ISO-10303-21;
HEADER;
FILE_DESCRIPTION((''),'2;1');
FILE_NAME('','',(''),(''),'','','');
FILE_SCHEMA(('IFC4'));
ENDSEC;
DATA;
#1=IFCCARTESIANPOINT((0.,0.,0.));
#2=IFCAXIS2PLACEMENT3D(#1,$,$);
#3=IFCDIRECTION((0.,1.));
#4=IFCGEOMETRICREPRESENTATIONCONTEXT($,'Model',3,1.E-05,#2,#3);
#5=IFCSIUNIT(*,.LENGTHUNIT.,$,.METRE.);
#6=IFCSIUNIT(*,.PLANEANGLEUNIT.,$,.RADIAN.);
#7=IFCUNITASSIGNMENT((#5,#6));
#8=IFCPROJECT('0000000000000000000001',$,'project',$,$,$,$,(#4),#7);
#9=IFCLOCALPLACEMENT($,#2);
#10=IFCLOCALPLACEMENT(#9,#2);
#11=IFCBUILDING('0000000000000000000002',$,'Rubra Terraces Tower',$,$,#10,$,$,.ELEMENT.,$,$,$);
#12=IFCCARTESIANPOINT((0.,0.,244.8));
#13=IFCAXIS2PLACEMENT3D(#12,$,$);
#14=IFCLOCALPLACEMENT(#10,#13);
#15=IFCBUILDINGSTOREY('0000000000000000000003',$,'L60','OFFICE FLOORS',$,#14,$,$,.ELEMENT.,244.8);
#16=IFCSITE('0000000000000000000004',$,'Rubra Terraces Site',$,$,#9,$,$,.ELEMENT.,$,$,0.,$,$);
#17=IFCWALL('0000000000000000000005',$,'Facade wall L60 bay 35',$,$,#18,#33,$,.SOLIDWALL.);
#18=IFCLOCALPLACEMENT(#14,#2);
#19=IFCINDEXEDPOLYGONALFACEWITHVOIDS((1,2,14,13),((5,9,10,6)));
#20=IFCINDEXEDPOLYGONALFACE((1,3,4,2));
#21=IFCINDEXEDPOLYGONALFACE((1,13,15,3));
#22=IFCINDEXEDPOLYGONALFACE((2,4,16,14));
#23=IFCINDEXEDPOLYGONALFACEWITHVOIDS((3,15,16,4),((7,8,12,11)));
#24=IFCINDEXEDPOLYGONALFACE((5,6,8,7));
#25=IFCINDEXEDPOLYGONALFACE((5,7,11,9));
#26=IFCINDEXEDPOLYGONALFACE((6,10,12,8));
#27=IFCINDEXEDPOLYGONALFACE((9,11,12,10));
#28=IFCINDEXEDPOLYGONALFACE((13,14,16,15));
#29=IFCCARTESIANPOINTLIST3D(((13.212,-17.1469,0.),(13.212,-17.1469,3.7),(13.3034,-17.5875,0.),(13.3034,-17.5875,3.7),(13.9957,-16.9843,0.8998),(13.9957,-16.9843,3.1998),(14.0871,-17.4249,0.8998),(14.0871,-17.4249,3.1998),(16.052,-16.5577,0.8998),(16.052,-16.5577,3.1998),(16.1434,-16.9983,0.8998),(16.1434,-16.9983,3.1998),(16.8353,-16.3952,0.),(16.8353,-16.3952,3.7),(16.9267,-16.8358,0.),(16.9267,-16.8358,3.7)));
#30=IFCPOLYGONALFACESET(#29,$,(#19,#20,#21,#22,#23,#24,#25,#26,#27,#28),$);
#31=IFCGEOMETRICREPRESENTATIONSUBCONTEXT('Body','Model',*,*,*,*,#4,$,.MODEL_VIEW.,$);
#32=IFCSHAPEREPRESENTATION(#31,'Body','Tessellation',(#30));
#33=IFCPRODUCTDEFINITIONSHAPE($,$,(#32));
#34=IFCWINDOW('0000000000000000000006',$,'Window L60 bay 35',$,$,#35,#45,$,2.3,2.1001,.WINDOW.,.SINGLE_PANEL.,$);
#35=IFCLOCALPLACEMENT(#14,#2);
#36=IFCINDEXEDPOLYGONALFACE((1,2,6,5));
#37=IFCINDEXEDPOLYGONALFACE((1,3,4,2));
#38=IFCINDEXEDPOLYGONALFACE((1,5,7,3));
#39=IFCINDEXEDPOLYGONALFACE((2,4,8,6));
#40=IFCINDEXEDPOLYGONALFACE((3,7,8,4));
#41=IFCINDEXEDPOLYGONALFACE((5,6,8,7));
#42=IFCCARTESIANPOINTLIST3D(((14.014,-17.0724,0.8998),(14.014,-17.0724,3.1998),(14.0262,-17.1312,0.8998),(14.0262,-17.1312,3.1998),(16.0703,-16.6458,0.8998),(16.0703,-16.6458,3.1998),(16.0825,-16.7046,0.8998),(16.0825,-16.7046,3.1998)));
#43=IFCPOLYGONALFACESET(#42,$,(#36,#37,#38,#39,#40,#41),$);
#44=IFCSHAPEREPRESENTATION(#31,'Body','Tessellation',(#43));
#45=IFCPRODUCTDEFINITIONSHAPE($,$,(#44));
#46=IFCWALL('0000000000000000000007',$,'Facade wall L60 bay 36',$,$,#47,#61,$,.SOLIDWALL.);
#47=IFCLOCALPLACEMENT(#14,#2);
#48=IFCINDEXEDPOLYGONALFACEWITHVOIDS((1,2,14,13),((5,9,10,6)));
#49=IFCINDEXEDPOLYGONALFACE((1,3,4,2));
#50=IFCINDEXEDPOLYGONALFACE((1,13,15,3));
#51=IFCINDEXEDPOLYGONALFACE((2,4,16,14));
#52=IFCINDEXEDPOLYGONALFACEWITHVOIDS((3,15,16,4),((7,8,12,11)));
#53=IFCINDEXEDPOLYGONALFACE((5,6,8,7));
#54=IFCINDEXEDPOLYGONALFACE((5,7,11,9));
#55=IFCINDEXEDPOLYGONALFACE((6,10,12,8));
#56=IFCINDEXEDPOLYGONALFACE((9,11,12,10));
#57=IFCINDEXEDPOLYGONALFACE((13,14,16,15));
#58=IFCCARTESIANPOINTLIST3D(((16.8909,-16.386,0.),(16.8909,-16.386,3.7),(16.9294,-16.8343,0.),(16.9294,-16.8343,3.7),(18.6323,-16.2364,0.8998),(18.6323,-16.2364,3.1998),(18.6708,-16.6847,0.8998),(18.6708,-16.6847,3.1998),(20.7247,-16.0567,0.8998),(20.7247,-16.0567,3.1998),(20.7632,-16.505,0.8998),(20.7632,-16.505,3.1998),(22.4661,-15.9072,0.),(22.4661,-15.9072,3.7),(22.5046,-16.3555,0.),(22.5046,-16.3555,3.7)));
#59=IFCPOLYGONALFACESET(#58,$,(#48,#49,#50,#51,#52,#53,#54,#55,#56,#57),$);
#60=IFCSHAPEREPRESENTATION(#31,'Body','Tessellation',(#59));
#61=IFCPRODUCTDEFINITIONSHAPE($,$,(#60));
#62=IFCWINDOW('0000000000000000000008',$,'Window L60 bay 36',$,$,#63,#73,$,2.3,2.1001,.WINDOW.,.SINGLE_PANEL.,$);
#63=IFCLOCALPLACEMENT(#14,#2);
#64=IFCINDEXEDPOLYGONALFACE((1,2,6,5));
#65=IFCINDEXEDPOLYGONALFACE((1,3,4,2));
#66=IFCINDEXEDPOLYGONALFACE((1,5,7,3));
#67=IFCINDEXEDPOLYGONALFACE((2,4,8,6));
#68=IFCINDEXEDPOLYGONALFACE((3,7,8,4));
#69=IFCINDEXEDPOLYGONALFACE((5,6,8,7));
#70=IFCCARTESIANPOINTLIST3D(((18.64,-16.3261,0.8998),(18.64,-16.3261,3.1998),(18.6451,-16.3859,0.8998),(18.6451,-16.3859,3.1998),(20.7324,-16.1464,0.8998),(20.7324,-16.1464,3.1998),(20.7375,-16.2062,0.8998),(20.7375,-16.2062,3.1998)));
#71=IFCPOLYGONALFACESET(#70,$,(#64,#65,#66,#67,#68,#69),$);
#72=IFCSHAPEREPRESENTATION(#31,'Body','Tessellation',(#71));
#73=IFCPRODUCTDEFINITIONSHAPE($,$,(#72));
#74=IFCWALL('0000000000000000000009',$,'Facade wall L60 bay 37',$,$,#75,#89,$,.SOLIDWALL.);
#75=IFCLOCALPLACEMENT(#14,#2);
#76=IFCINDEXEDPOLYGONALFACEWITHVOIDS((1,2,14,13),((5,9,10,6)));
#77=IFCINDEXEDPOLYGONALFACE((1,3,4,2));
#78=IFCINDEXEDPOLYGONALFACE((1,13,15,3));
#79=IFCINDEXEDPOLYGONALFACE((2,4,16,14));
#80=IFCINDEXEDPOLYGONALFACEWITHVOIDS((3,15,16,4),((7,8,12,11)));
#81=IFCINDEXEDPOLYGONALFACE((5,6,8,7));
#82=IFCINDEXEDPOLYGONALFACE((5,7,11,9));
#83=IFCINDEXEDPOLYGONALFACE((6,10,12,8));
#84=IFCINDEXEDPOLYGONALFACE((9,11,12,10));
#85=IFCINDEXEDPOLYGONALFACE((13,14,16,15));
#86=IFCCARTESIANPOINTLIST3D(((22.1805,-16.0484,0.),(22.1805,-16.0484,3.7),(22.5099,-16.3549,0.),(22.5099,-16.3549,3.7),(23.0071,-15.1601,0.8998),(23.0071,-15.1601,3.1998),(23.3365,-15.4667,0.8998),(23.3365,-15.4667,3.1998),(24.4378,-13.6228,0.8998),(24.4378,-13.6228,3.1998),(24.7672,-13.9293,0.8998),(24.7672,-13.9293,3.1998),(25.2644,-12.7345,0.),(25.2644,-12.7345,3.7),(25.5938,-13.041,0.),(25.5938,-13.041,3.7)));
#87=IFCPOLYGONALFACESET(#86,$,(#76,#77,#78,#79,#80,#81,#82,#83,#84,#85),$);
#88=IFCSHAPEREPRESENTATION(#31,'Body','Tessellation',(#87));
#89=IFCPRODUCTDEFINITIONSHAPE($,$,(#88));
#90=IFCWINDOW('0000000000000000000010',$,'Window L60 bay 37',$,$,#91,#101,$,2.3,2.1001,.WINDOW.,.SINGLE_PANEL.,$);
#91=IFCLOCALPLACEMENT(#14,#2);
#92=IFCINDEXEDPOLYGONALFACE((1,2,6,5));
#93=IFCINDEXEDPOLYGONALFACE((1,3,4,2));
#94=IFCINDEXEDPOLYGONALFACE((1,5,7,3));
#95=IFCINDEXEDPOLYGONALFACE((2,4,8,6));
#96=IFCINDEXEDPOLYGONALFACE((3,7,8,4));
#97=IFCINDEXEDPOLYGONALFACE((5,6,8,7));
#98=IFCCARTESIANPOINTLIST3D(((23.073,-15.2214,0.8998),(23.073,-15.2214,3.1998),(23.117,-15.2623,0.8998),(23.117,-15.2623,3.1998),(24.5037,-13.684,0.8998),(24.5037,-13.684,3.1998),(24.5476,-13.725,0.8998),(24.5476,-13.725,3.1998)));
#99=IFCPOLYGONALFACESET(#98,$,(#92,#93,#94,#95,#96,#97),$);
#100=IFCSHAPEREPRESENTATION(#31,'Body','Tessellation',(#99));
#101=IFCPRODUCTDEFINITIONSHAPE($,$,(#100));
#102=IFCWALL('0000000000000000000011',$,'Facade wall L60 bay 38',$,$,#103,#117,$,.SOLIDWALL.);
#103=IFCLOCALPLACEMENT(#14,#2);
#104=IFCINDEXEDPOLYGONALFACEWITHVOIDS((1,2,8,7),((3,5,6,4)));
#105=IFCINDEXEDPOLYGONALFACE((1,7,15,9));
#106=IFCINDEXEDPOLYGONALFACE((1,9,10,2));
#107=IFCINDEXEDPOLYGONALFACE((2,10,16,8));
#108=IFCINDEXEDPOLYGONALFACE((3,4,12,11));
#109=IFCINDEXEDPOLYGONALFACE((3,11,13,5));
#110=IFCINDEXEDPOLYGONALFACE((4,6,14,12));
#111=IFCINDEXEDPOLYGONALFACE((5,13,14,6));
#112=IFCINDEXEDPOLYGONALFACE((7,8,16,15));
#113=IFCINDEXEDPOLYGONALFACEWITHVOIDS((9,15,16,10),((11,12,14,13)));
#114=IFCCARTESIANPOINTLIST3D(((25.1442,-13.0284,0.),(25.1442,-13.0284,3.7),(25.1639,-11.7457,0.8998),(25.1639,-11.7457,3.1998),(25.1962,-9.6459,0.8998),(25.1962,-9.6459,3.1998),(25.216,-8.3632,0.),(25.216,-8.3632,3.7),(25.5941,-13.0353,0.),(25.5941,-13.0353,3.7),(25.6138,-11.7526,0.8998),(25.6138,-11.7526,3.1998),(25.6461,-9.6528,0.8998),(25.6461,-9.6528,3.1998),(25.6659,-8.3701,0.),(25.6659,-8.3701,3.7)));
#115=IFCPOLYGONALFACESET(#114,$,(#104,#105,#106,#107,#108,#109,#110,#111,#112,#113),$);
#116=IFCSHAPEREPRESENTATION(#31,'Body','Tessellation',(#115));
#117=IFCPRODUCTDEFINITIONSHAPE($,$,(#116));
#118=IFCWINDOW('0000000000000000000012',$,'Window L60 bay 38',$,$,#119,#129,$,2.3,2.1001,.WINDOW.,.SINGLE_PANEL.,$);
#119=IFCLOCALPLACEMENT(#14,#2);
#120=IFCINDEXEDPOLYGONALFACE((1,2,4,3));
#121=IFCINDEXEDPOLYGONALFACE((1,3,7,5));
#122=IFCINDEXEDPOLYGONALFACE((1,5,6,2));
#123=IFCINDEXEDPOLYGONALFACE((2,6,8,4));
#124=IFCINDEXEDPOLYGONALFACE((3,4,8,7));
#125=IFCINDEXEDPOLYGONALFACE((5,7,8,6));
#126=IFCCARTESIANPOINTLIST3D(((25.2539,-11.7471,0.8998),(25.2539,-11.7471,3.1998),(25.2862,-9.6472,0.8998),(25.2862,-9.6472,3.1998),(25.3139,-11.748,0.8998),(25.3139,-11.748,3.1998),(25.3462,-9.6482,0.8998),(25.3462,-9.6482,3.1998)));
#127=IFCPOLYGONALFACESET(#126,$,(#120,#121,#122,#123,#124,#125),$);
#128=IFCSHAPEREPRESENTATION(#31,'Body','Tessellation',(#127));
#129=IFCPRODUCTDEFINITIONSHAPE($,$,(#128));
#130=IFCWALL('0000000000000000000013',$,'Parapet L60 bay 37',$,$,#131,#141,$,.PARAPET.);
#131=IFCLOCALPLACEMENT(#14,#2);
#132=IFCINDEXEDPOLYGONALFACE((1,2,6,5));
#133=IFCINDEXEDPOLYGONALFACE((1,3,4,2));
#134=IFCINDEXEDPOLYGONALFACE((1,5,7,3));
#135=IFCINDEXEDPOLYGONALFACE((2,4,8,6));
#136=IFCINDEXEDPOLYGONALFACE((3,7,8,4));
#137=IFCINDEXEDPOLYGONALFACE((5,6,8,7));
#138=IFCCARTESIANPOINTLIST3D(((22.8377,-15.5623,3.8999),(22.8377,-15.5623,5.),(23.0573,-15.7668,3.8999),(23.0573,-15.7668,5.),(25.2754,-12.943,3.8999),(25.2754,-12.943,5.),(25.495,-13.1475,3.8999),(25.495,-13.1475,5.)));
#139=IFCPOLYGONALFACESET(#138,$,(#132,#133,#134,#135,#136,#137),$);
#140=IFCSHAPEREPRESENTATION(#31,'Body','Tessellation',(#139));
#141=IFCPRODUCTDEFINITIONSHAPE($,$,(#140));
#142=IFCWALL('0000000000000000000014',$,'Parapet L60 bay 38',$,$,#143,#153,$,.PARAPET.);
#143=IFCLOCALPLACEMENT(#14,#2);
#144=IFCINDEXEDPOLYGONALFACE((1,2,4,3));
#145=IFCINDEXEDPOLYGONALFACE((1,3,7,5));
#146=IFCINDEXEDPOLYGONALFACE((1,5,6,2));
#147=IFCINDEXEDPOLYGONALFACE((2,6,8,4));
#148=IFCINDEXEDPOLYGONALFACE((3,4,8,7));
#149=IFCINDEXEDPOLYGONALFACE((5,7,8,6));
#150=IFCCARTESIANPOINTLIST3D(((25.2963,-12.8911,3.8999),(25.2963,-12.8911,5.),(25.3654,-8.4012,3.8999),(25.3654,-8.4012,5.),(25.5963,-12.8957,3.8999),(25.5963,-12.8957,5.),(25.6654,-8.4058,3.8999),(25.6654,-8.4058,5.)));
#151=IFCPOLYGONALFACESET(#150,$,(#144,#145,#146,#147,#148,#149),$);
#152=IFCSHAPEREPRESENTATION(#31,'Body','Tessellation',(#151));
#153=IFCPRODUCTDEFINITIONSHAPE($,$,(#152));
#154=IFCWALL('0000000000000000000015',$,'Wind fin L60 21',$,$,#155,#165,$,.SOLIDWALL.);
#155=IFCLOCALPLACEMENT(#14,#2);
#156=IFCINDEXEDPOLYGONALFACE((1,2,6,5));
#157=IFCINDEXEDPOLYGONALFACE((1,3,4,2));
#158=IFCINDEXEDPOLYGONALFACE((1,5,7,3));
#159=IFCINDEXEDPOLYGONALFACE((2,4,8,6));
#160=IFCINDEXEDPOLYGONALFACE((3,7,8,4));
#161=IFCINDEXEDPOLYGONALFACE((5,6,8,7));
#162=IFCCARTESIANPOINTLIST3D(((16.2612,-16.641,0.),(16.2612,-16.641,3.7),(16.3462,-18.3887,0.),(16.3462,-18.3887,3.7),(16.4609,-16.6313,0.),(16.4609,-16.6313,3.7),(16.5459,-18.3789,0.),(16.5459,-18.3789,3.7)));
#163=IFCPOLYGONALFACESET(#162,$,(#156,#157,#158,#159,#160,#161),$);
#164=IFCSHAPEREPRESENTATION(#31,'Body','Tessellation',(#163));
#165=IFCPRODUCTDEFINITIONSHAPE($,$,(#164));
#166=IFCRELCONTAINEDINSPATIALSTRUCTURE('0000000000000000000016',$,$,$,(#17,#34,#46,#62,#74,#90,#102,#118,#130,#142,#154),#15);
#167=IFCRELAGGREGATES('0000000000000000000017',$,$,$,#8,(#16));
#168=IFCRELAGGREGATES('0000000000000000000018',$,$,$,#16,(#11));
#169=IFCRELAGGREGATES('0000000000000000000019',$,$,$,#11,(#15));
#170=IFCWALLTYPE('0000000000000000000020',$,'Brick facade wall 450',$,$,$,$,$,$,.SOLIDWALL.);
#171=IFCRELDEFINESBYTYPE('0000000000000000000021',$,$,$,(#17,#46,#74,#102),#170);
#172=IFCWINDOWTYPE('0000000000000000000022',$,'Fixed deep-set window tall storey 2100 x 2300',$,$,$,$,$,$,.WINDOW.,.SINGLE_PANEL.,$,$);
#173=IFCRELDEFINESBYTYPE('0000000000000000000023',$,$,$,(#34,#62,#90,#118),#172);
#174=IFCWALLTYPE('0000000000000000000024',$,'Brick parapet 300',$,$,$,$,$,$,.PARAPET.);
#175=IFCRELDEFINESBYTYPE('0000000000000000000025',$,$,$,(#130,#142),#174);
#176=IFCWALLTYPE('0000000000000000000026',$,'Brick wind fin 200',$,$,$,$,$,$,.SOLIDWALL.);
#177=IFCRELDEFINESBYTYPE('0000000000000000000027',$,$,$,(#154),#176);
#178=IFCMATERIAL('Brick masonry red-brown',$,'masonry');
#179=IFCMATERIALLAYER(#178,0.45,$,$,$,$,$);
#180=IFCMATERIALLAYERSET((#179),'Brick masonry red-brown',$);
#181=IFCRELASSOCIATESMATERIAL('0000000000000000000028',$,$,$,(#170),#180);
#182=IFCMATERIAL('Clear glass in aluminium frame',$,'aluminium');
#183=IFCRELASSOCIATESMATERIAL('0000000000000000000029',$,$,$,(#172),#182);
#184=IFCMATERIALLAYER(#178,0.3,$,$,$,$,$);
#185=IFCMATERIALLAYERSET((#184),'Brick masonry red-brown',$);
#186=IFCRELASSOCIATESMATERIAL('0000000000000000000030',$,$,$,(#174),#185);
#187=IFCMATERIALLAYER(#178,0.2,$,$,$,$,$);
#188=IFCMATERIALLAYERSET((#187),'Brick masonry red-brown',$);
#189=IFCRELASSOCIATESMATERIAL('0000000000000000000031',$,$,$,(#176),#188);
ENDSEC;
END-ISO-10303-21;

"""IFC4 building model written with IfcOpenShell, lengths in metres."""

from ifc_helpers import new_model, si_unit, direction, frame, frame_2d, origin, place, context, subcontext, project, spatial, rectangle, extrude, material, layer, layer_set, type_object, element, fill, save


model = new_model("IFC4")

# Units and contexts
model_context = context("Model", 3, precision=1e-05, world=origin(), true_north=direction((0.0, 1.0)))
body_context = subcontext(model_context, "Body", "Model", "MODEL_VIEW")
ifc_project = project(units=[si_unit("LENGTHUNIT", "METRE"), si_unit("PLANEANGLEUNIT", "RADIAN")], contexts=[model_context])

# Site, building, storey
site_placement = place(None, origin())
site = spatial("IfcSite", under=ifc_project, at=site_placement, Name="Rubra Terraces Site", CompositionType="ELEMENT", RefElevation=0.0)
building_placement = place(site_placement, origin())
building = spatial("IfcBuilding", under=site, at=building_placement, Name="Rubra Terraces Tower", CompositionType="ELEMENT")
storey_placement = place(building_placement, frame((0.0, 0.0, 244.8)))
storey = spatial("IfcBuildingStorey", under=building, at=storey_placement, Name="L60", Description="OFFICE FLOORS", CompositionType="ELEMENT", Elevation=244.8)

# Walls, openings, windows
ifc_material_1 = material(Name="Brick masonry red-brown", Category="masonry")
ifc_layer_1 = layer(ifc_material_1, 0.45)
ifc_layer_set_1 = layer_set([ifc_layer_1], Name="Brick masonry red-brown")
wall_type_1 = type_object("IfcWallType", Name="Brick facade wall 450", PredefinedType="SOLIDWALL", material=ifc_layer_set_1)
wall_1_placement = place(storey_placement, frame((13.2578, -17.3672, 0.0), z_axis=(0.0, 0.0, 1.0), x_axis=(0.97915, 0.20314, 0.0)))
wall_1 = element("IfcWall", 1, at=wall_1_placement, inside=storey, type_object=wall_type_1, Name="Facade wall L60 bay 35", PredefinedType="SOLIDWALL", context=body_context, shape_type="SweptSolid", body=[
    extrude(rectangle(XDim=3.7004, YDim=0.45, at=frame_2d((1.8501, 0.0))), origin(), (0.0, 0.0, 1.0), 3.7),
])
opening_1_placement = place(wall_1_placement, frame((0.8003, 0.0, 0.8999)))
opening_1 = element("IfcOpeningElement", 2, at=opening_1_placement, cuts=wall_1, PredefinedType="OPENING", context=body_context, shape_type="SweptSolid", body=[
    extrude(rectangle(XDim=2.1001, YDim=2.3, at=frame_2d((1.05, 1.1499))), frame((0.0, 0.2349, 0.0), z_axis=(0.0, -1.0, 0.0), x_axis=(1.0, 0.0, 0.0)), (0.0, 0.0, 1.0), 0.47),
])
ifc_material_2 = material(Name="Clear glass in aluminium frame", Category="aluminium")
window_type = type_object("IfcWindowType", Name="Fixed deep-set window tall storey 2100 x 2300", PartitioningType="SINGLE_PANEL", PredefinedType="WINDOW", material=ifc_material_2)
window_1_placement = place(opening_1_placement, origin())
window_1 = element("IfcWindow", 3, at=window_1_placement, inside=storey, type_object=window_type, Name="Window L60 bay 35", OverallHeight=2.3, OverallWidth=2.1001, PartitioningType="SINGLE_PANEL", PredefinedType="WINDOW", context=body_context, shape_type="SweptSolid", body=[
    extrude(rectangle(XDim=2.1001, YDim=2.3, at=frame_2d((1.05, 1.1499))), frame((0.0, 0.135, 0.0), z_axis=(0.0, -1.0, 0.0), x_axis=(1.0, 0.0, 0.0)), (0.0, 0.0, 1.0), 0.0601),
])
fill(opening_1, window_1)
wall_2_placement = place(storey_placement, frame((16.9102, -16.6101, 0.0), z_axis=(0.0, 0.0, 1.0), x_axis=(0.996333, 0.085558, 0.0)))
wall_2 = element("IfcWall", 4, at=wall_2_placement, inside=storey, type_object=wall_type_1, Name="Facade wall L60 bay 36", PredefinedType="SOLIDWALL", context=body_context, shape_type="SweptSolid", body=[
    extrude(rectangle(XDim=5.5957, YDim=0.45, at=frame_2d((2.7979, 0.0))), origin(), (0.0, 0.0, 1.0), 3.7),
])
opening_2_placement = place(wall_2_placement, frame((1.7478, 0.0, 0.8999)))
opening_2 = element("IfcOpeningElement", 5, at=opening_2_placement, cuts=wall_2, PredefinedType="OPENING", context=body_context, shape_type="SweptSolid", body=[
    extrude(rectangle(XDim=2.1001, YDim=2.3, at=frame_2d((1.05, 1.1499))), frame((0.0, 0.2349, 0.0), z_axis=(0.0, -1.0, 0.0), x_axis=(1.0, 0.0, 0.0)), (0.0, 0.0, 1.0), 0.47),
])
window_2_placement = place(opening_2_placement, origin())
window_2 = element("IfcWindow", 6, at=window_2_placement, inside=storey, type_object=window_type, Name="Window L60 bay 36", OverallHeight=2.3, OverallWidth=2.1001, PartitioningType="SINGLE_PANEL", PredefinedType="WINDOW", context=body_context, shape_type="SweptSolid", body=[
    extrude(rectangle(XDim=2.1001, YDim=2.3, at=frame_2d((1.05, 1.1499))), frame((0.0, 0.135, 0.0), z_axis=(0.0, -1.0, 0.0), x_axis=(1.0, 0.0, 0.0)), (0.0, 0.0, 1.0), 0.0601),
])
fill(opening_2, window_2)
wall_3_placement = place(storey_placement, frame((22.3452, -16.2017, 0.0), z_axis=(0.0, 0.0, 1.0), x_axis=(0.681249, 0.732052, 0.0)))
wall_3 = element("IfcWall", 7, at=wall_3_placement, inside=storey, type_object=wall_type_1, Name="Facade wall L60 bay 37", PredefinedType="SOLIDWALL", context=body_context, shape_type="SweptSolid", body=[
    extrude(rectangle(XDim=4.5269, YDim=0.45, at=frame_2d((2.2634, 0.0))), origin(), (0.0, 0.0, 1.0), 3.7),
])
opening_3_placement = place(wall_3_placement, frame((1.2134, 0.0, 0.8999)))
opening_3 = element("IfcOpeningElement", 8, at=opening_3_placement, cuts=wall_3, PredefinedType="OPENING", context=body_context, shape_type="SweptSolid", body=[
    extrude(rectangle(XDim=2.1001, YDim=2.3, at=frame_2d((1.05, 1.1499))), frame((0.0, 0.2349, 0.0), z_axis=(0.0, -1.0, 0.0), x_axis=(1.0, 0.0, 0.0)), (0.0, 0.0, 1.0), 0.47),
])
window_3_placement = place(opening_3_placement, origin())
window_3 = element("IfcWindow", 9, at=window_3_placement, inside=storey, type_object=window_type, Name="Window L60 bay 37", OverallHeight=2.3, OverallWidth=2.1001, PartitioningType="SINGLE_PANEL", PredefinedType="WINDOW", context=body_context, shape_type="SweptSolid", body=[
    extrude(rectangle(XDim=2.1001, YDim=2.3, at=frame_2d((1.05, 1.1499))), frame((0.0, 0.135, 0.0), z_axis=(0.0, -1.0, 0.0), x_axis=(1.0, 0.0, 0.0)), (0.0, 0.0, 1.0), 0.0601),
])
fill(opening_3, window_3)
wall_4_placement = place(storey_placement, frame((25.3691, -13.032, 0.0), z_axis=(0.0, 0.0, 1.0), x_axis=(0.015384, 0.999882, 0.0)))
wall_4 = element("IfcWall", 10, at=wall_4_placement, inside=storey, type_object=wall_type_1, Name="Facade wall L60 bay 38", PredefinedType="SOLIDWALL", context=body_context, shape_type="SweptSolid", body=[
    extrude(rectangle(XDim=4.6658, YDim=0.45, at=frame_2d((2.333, 0.0))), origin(), (0.0, 0.0, 1.0), 3.7),
])
opening_4_placement = place(wall_4_placement, frame((1.283, 0.0, 0.8999)))
opening_4 = element("IfcOpeningElement", 11, at=opening_4_placement, cuts=wall_4, PredefinedType="OPENING", context=body_context, shape_type="SweptSolid", body=[
    extrude(rectangle(XDim=2.1001, YDim=2.3, at=frame_2d((1.05, 1.1499))), frame((0.0, 0.2349, 0.0), z_axis=(0.0, -1.0, 0.0), x_axis=(1.0, 0.0, 0.0)), (0.0, 0.0, 1.0), 0.47),
])
window_4_placement = place(opening_4_placement, origin())
window_4 = element("IfcWindow", 12, at=window_4_placement, inside=storey, type_object=window_type, Name="Window L60 bay 38", OverallHeight=2.3, OverallWidth=2.1001, PartitioningType="SINGLE_PANEL", PredefinedType="WINDOW", context=body_context, shape_type="SweptSolid", body=[
    extrude(rectangle(XDim=2.1001, YDim=2.3, at=frame_2d((1.05, 1.1499))), frame((0.0, 0.135, 0.0), z_axis=(0.0, -1.0, 0.0), x_axis=(1.0, 0.0, 0.0)), (0.0, 0.0, 1.0), 0.0601),
])
fill(opening_4, window_4)

# Walls
ifc_layer_2 = layer(ifc_material_1, 0.3)
ifc_layer_set_2 = layer_set([ifc_layer_2], Name="Brick masonry red-brown")
wall_type_2 = type_object("IfcWallType", Name="Brick parapet 300", PredefinedType="PARAPET", material=ifc_layer_set_2)
wall_5_placement = place(storey_placement, frame((22.9475, -15.6646, 3.8999), z_axis=(0.0, 0.0, 1.0), x_axis=(0.68127, 0.732032, 0.0)))
element("IfcWall", 13, at=wall_5_placement, inside=storey, type_object=wall_type_2, Name="Parapet L60 bay 37", PredefinedType="PARAPET", context=body_context, shape_type="SweptSolid", body=[
    extrude(rectangle(XDim=3.5781, YDim=0.3, at=frame_2d((1.7891, 0.0))), origin(), (0.0, 0.0, 1.0), 1.1001),
])
wall_6_placement = place(storey_placement, frame((25.4463, -12.8933, 3.8999), z_axis=(0.0, 0.0, 1.0), x_axis=(0.015386, 0.999882, 0.0)))
element("IfcWall", 14, at=wall_6_placement, inside=storey, type_object=wall_type_2, Name="Parapet L60 bay 38", PredefinedType="PARAPET", context=body_context, shape_type="SweptSolid", body=[
    extrude(rectangle(XDim=4.4905, YDim=0.3, at=frame_2d((2.2451, 0.0))), origin(), (0.0, 0.0, 1.0), 1.1001),
])
ifc_layer_3 = layer(ifc_material_1, 0.2)
ifc_layer_set_3 = layer_set([ifc_layer_3], Name="Brick masonry red-brown")
wall_type_3 = type_object("IfcWallType", Name="Brick wind fin 200", PredefinedType="SOLIDWALL", material=ifc_layer_set_3)
wall_7_placement = place(storey_placement, frame((16.3611, -16.636, 0.0), z_axis=(0.0, 0.0, 1.0), x_axis=(0.048553, -0.998821, 0.0)))
element("IfcWall", 15, at=wall_7_placement, inside=storey, type_object=wall_type_3, Name="Wind fin L60 21", PredefinedType="SOLIDWALL", context=body_context, shape_type="SweptSolid", body=[
    extrude(rectangle(XDim=1.7498, YDim=0.2, at=frame_2d((0.875, 0.0))), origin(), (0.0, 0.0, 1.0), 3.7),
])

save(model, "model.ifc")
